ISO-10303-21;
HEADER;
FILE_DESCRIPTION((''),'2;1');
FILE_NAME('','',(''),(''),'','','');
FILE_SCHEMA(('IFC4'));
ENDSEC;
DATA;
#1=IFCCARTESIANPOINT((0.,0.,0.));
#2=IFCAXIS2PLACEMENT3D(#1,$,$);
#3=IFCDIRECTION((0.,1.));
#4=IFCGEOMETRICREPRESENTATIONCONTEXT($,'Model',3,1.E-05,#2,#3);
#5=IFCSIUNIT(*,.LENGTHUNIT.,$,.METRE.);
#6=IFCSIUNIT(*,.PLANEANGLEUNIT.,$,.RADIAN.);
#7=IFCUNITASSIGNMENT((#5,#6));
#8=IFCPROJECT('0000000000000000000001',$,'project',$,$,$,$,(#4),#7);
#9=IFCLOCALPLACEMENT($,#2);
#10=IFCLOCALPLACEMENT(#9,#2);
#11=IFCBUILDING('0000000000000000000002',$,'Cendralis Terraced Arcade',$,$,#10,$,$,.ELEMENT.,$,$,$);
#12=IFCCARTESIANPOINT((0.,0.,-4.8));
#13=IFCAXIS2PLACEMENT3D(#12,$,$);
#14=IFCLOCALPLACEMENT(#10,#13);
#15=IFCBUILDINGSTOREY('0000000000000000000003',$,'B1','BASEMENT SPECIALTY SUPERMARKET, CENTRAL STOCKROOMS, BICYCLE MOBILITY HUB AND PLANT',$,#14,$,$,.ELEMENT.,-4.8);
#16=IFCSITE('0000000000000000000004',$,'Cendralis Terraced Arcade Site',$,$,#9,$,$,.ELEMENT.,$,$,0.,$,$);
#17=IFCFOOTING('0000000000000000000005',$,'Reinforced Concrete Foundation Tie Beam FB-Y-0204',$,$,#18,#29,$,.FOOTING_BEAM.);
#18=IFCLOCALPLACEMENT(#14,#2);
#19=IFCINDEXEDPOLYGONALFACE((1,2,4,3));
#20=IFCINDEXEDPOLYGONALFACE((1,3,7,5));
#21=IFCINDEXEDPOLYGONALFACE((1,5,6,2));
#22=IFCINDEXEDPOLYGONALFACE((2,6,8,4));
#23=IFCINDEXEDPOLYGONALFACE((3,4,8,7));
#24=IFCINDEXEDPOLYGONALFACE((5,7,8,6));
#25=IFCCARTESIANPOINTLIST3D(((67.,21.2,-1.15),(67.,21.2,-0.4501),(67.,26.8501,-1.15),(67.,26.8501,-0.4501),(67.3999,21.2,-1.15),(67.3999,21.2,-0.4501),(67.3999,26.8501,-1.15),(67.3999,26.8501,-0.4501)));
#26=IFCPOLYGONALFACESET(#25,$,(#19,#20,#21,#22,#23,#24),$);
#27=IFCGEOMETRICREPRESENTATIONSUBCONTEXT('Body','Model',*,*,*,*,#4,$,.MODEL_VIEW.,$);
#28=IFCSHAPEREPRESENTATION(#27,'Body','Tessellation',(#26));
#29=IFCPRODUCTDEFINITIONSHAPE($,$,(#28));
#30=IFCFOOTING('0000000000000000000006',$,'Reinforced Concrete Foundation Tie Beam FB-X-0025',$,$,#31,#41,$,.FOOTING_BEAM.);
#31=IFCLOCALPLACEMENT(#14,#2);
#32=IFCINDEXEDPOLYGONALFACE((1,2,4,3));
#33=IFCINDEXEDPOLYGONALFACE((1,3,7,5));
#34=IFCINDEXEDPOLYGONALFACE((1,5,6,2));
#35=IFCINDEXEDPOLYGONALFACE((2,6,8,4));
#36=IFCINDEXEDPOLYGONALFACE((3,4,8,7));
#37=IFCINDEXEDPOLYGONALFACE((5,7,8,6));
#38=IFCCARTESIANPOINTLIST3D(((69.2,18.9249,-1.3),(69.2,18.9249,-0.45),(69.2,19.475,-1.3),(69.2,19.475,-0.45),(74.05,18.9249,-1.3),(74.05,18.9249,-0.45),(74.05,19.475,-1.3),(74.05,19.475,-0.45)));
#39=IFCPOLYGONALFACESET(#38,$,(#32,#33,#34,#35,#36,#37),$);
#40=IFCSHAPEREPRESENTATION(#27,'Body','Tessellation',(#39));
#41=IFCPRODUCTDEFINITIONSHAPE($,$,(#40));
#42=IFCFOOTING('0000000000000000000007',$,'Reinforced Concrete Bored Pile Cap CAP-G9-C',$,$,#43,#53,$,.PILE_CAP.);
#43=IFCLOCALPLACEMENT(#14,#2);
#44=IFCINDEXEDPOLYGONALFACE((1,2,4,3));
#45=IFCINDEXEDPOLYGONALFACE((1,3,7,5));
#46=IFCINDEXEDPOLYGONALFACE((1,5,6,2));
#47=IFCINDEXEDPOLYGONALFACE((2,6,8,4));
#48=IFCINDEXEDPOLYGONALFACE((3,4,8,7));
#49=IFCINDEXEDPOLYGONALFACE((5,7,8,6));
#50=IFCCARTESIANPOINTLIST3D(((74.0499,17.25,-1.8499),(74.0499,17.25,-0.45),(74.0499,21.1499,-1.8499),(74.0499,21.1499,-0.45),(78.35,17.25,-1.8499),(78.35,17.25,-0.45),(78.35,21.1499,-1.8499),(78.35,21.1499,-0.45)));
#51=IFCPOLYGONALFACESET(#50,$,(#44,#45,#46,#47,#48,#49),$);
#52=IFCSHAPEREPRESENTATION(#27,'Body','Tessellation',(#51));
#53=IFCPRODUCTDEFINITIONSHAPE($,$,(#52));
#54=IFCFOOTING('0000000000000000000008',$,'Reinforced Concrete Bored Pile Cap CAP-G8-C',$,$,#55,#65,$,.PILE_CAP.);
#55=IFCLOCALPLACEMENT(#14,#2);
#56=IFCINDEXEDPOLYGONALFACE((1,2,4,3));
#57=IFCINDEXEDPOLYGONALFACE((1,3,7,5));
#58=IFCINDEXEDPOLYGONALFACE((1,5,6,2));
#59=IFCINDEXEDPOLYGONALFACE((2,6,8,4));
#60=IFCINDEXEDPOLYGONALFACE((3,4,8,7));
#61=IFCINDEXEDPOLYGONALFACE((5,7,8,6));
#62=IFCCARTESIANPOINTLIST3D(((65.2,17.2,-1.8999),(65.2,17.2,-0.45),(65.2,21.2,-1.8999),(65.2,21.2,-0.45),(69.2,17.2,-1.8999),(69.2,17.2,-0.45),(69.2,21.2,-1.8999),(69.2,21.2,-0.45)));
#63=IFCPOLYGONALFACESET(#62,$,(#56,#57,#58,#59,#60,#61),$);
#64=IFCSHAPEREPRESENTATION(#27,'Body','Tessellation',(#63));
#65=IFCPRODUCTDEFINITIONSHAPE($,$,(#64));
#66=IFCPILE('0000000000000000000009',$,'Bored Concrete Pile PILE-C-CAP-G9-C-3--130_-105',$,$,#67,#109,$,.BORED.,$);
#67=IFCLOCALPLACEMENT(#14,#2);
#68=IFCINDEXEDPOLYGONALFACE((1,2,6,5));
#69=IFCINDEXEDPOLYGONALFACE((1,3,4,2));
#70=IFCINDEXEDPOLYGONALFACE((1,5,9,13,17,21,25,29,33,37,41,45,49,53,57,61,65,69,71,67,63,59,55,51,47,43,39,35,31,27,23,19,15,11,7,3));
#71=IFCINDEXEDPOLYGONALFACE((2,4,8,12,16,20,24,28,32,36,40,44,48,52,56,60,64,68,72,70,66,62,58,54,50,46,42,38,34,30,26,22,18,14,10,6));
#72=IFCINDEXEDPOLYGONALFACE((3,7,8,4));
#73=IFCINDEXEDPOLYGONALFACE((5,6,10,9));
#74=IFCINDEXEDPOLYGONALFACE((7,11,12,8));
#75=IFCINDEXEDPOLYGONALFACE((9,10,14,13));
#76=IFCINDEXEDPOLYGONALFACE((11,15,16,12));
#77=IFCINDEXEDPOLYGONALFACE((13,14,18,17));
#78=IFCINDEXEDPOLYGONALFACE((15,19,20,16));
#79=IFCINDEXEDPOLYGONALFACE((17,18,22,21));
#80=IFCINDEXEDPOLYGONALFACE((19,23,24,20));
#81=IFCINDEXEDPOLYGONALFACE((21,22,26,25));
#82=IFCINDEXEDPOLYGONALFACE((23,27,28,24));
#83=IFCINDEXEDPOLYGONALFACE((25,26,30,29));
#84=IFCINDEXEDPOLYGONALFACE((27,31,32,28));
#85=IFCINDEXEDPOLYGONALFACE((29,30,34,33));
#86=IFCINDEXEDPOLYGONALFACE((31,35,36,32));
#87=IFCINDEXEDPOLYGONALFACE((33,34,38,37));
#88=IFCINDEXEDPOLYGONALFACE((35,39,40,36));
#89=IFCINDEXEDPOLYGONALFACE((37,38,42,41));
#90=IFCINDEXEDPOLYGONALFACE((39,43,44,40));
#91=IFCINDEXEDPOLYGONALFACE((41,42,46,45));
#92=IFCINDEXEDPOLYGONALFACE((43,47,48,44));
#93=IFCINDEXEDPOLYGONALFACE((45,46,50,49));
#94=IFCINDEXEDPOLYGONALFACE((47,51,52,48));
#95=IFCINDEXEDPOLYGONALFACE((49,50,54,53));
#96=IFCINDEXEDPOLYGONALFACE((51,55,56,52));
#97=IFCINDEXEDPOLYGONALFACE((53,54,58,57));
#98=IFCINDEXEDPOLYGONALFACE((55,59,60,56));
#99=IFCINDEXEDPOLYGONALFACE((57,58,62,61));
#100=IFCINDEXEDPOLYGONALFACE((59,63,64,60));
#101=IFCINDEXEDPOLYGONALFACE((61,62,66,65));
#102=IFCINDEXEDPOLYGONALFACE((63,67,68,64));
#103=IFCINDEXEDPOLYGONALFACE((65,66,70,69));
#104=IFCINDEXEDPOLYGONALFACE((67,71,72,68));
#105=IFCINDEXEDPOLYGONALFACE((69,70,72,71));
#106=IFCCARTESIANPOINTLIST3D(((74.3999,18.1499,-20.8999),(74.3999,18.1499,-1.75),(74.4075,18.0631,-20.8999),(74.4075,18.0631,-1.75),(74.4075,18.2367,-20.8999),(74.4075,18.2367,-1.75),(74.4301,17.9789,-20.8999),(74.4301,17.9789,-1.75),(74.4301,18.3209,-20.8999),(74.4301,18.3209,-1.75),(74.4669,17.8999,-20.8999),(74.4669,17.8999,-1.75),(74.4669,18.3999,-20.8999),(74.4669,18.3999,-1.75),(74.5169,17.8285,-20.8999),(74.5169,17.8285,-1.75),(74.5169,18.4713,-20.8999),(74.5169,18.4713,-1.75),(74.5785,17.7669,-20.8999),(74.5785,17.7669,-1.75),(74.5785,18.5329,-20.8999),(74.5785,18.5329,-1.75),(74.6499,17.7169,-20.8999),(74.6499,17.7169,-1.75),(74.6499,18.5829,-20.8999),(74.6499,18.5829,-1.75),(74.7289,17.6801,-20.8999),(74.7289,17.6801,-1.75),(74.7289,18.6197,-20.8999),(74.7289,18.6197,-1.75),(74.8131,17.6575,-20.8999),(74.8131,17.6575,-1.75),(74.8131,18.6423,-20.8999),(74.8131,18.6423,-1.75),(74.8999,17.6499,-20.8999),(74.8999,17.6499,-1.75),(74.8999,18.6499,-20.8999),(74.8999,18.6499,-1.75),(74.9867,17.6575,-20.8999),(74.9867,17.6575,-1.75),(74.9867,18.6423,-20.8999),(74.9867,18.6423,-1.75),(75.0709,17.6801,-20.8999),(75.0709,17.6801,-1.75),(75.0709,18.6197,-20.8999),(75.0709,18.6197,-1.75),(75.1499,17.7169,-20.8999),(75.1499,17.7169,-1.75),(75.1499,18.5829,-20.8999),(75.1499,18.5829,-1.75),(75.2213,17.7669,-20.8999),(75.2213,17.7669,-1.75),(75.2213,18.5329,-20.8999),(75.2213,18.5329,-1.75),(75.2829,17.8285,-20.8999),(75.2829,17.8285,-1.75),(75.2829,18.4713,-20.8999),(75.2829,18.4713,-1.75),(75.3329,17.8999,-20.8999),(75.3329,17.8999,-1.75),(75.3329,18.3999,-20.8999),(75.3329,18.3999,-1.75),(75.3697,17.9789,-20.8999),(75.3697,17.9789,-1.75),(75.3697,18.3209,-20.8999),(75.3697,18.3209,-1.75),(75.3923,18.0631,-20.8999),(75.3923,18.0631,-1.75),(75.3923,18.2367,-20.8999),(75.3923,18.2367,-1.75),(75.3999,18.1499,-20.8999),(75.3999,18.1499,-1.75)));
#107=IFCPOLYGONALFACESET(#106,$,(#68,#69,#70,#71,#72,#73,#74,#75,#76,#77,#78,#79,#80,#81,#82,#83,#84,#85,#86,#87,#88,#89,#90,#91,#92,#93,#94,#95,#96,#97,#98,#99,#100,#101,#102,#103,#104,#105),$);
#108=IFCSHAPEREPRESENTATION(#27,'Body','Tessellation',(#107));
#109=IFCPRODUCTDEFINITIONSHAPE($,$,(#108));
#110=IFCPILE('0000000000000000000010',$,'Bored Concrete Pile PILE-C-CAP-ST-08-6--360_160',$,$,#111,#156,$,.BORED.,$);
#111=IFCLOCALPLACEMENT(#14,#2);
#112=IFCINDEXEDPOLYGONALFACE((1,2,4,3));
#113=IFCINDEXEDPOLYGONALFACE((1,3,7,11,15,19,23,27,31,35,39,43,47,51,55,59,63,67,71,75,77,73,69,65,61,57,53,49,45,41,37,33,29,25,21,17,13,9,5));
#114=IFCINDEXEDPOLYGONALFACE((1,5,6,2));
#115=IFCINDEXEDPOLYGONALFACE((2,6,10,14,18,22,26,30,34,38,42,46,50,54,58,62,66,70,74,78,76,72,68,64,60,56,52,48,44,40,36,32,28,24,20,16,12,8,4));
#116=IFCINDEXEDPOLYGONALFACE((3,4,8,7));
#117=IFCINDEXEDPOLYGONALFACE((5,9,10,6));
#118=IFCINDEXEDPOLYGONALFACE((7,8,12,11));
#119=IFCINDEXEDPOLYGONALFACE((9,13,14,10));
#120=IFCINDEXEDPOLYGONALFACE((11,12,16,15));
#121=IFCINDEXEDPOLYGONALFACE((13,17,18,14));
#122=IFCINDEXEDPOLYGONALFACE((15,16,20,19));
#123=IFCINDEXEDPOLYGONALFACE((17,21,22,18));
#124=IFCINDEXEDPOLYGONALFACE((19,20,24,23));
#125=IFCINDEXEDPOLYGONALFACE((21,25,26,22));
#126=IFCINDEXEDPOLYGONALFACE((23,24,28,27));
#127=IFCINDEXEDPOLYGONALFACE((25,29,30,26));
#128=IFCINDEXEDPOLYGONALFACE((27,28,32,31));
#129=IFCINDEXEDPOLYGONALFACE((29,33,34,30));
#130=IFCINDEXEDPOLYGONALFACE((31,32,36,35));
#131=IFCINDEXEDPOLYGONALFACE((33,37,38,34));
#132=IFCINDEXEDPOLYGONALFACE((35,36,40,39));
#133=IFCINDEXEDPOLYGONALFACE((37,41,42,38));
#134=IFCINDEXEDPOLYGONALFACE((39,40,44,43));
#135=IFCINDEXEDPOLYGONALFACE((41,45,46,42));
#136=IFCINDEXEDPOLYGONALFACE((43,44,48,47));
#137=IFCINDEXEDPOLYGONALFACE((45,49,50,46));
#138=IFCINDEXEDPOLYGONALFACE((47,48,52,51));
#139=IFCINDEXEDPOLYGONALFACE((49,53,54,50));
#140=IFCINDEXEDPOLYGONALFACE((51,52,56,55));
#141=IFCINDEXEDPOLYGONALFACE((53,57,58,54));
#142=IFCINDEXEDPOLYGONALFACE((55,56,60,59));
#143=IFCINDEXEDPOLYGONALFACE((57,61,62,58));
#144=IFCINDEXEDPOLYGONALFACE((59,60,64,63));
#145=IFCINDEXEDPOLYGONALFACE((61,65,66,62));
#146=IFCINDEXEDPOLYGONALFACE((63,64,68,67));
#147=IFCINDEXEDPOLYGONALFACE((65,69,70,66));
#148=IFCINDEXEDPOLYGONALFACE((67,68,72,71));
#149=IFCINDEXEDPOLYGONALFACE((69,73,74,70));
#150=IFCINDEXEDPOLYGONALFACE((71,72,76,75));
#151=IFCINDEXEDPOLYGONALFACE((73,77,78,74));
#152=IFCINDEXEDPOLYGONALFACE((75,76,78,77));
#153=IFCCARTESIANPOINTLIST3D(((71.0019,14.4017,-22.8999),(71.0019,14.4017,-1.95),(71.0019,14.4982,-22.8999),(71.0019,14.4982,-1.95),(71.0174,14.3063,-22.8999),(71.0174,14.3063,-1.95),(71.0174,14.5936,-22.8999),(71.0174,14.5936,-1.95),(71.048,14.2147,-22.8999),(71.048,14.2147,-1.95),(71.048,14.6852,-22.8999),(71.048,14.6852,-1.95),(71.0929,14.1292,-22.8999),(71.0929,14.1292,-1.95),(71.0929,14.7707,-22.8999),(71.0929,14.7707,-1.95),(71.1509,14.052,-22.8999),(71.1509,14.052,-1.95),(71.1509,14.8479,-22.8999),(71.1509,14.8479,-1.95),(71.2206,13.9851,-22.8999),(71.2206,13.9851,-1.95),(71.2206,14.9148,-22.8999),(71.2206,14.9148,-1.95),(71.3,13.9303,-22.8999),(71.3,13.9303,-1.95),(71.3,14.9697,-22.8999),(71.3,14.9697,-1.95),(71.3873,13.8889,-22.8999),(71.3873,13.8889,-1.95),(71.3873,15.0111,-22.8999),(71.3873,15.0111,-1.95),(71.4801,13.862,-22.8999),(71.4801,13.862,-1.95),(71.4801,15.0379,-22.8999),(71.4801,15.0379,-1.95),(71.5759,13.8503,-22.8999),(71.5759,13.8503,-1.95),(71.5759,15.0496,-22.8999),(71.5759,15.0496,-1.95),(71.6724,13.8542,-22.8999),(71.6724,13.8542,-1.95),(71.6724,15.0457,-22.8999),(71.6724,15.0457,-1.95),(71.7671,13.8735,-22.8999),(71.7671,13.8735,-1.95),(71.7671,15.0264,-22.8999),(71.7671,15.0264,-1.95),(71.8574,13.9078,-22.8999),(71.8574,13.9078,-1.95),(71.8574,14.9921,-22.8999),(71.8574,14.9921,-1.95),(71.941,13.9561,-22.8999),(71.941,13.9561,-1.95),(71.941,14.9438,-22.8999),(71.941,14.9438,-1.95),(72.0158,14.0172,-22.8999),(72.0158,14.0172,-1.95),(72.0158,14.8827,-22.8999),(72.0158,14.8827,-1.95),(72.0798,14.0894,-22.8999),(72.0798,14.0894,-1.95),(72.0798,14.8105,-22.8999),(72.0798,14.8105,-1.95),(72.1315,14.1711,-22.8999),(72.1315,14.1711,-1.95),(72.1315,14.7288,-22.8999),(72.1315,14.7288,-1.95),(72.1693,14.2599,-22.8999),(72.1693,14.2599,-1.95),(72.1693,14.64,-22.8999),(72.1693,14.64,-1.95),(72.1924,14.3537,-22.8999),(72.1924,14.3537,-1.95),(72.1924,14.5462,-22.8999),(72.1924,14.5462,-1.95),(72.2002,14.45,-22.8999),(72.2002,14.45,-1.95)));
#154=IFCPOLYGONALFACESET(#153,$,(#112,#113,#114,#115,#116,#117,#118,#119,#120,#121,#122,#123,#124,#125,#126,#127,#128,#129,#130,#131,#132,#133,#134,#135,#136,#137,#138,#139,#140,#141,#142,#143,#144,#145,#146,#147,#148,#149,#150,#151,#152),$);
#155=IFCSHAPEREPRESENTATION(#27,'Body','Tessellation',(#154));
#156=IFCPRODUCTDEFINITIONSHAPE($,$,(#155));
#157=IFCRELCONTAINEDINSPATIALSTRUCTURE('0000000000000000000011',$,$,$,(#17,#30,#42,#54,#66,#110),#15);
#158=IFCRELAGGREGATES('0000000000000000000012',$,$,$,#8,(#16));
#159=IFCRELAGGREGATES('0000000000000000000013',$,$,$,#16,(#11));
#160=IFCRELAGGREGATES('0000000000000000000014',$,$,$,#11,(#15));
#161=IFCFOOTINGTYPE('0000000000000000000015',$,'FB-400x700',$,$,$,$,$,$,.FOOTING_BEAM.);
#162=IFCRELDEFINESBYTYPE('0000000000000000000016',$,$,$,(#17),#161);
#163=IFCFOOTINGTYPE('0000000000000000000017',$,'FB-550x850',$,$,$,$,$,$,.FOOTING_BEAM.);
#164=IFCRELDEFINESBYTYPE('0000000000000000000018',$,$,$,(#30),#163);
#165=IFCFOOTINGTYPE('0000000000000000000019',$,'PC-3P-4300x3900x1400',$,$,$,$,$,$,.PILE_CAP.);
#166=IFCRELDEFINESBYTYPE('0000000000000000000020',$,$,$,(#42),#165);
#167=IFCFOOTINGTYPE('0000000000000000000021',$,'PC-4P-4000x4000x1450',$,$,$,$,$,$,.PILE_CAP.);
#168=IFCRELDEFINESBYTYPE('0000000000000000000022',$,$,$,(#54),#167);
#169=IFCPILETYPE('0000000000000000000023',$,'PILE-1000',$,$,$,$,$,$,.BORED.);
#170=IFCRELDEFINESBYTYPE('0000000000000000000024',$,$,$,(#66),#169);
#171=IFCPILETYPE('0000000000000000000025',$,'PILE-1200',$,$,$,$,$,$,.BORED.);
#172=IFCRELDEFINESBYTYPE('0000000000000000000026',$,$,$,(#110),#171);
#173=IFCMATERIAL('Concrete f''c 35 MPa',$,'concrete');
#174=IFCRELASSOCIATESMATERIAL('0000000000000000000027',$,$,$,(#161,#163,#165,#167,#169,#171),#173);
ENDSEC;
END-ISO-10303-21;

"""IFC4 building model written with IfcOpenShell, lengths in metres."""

from ifc_helpers import new_model, si_unit, direction, frame, origin, origin_2d, place, context, subcontext, project, spatial, rectangle, circle, extrude, material, material_profile, profile_set, type_object, element, save


model = new_model("IFC4")

# Units and contexts
model_context = context("Model", 3, precision=1e-05, world=origin(), true_north=direction((0.0, 1.0)))
body_context = subcontext(model_context, "Body", "Model", "MODEL_VIEW")
ifc_project = project(units=[si_unit("LENGTHUNIT", "METRE"), si_unit("PLANEANGLEUNIT", "RADIAN")], contexts=[model_context])

# Site, building, storey
site_placement = place(None, origin())
site = spatial("IfcSite", under=ifc_project, at=site_placement, Name="Cendralis Terraced Arcade Site", CompositionType="ELEMENT", RefElevation=0.0)
building_placement = place(site_placement, origin())
building = spatial("IfcBuilding", under=site, at=building_placement, Name="Cendralis Terraced Arcade", CompositionType="ELEMENT")
storey_placement = place(building_placement, frame((0.0, 0.0, -4.8)))
storey = spatial("IfcBuildingStorey", under=building, at=storey_placement, Name="B1", Description="BASEMENT SPECIALTY SUPERMARKET, CENTRAL STOCKROOMS, BICYCLE MOBILITY HUB AND PLANT", CompositionType="ELEMENT", Elevation=-4.8)

# Footings
ifc_material_1 = material(Name="Concrete f'c 35 MPa", Category="concrete")
ifc_material_profile_1 = material_profile(ifc_material_1, rectangle(XDim=0.3999, YDim=0.7, at=origin_2d()), Name="FB-400x700", Category="LoadBearing")
ifc_profile_set_1 = profile_set([ifc_material_profile_1], Name="Concrete f'c 35 MPa")
footing_type_1 = type_object("IfcFootingType", Name="FB-400x700", PredefinedType="FOOTING_BEAM", material=ifc_profile_set_1)
footing_1_placement = place(storey_placement, frame((67.2, 21.2, -0.8), z_axis=(0.0, 1.0, 0.0), x_axis=(-1.0, 0.0, 0.0)))
element("IfcFooting", 1, at=footing_1_placement, inside=storey, type_object=footing_type_1, Name="Reinforced Concrete Foundation Tie Beam FB-Y-0204", PredefinedType="FOOTING_BEAM", context=body_context, shape_type="SweptSolid", body=[
    extrude(rectangle(XDim=0.3999, YDim=0.7, at=origin_2d()), origin(), (0.0, 0.0, 1.0), 5.6501),
])
ifc_material_profile_2 = material_profile(ifc_material_1, rectangle(XDim=0.55, YDim=0.8501, at=origin_2d()), Name="FB-550x850", Category="LoadBearing")
ifc_profile_set_2 = profile_set([ifc_material_profile_2], Name="Concrete f'c 35 MPa")
footing_type_2 = type_object("IfcFootingType", Name="FB-550x850", PredefinedType="FOOTING_BEAM", material=ifc_profile_set_2)
footing_2_placement = place(storey_placement, frame((69.2, 19.2, -0.875), z_axis=(1.0, 0.0, 0.0), x_axis=(0.0, 1.0, 0.0)))
element("IfcFooting", 2, at=footing_2_placement, inside=storey, type_object=footing_type_2, Name="Reinforced Concrete Foundation Tie Beam FB-X-0025", PredefinedType="FOOTING_BEAM", context=body_context, shape_type="SweptSolid", body=[
    extrude(rectangle(XDim=0.55, YDim=0.8501, at=origin_2d()), origin(), (0.0, 0.0, 1.0), 4.8501),
])
footing_type_3 = type_object("IfcFootingType", Name="PC-3P-4300x3900x1400", PredefinedType="PILE_CAP", material=ifc_material_1)
footing_3_placement = place(storey_placement, frame((76.2, 19.2, -1.8499), z_axis=(0.0, 0.0, 1.0), x_axis=(1.0, 0.0, 0.0)))
element("IfcFooting", 3, at=footing_3_placement, inside=storey, type_object=footing_type_3, Name="Reinforced Concrete Bored Pile Cap CAP-G9-C", PredefinedType="PILE_CAP", context=body_context, shape_type="SweptSolid", body=[
    extrude(rectangle(XDim=4.3, YDim=3.8999, at=origin_2d()), origin(), (0.0, 0.0, 1.0), 1.3999),
])
footing_type_4 = type_object("IfcFootingType", Name="PC-4P-4000x4000x1450", PredefinedType="PILE_CAP", material=ifc_material_1)
footing_4_placement = place(storey_placement, frame((67.2, 19.2, -1.8999), z_axis=(0.0, 0.0, 1.0), x_axis=(1.0, 0.0, 0.0)))
element("IfcFooting", 4, at=footing_4_placement, inside=storey, type_object=footing_type_4, Name="Reinforced Concrete Bored Pile Cap CAP-G8-C", PredefinedType="PILE_CAP", context=body_context, shape_type="SweptSolid", body=[
    extrude(rectangle(XDim=4.0, YDim=4.0, at=origin_2d()), origin(), (0.0, 0.0, 1.0), 1.45),
])

# Piles
ifc_material_profile_3 = material_profile(ifc_material_1, circle(Radius=0.5, at=origin_2d()), Name="PILE-D1000", Category="LoadBearing")
ifc_profile_set_3 = profile_set([ifc_material_profile_3], Name="Concrete f'c 35 MPa")
pile_type_1 = type_object("IfcPileType", Name="PILE-1000", PredefinedType="BORED", material=ifc_profile_set_3)
pile_placement = place(storey_placement, frame((74.8999, 18.1499, -1.75), z_axis=(0.0, 0.0, -1.0), x_axis=(1.0, 0.0, 0.0)))
element("IfcPile", 5, at=pile_placement, inside=storey, type_object=pile_type_1, Name="Bored Concrete Pile PILE-C-CAP-G9-C-3--130_-105", PredefinedType="BORED", context=body_context, shape_type="SweptSolid", body=[
    extrude(circle(Radius=0.5, at=origin_2d()), origin(), (0.0, 0.0, 1.0), 19.1499),
])
ifc_material_profile_4 = material_profile(ifc_material_1, circle(Radius=0.6001, at=origin_2d()), Name="PILE-D1200", Category="LoadBearing")
ifc_profile_set_4 = profile_set([ifc_material_profile_4], Name="Concrete f'c 35 MPa")
pile_type_2 = type_object("IfcPileType", Name="PILE-1200", PredefinedType="BORED", material=ifc_profile_set_4)
for number, where, z_axis, x_axis, name in (
    (6, (71.6001, 14.45, -1.95), (0.0, 0.0, -1.0), (1.0, 0.0, 0.0), "Bored Concrete Pile PILE-C-CAP-ST-08-6--360_160"),
):
    element("IfcPile", number, at=place(storey_placement, frame(where, z_axis=z_axis, x_axis=x_axis)), inside=storey, type_object=pile_type_2, Name=name, PredefinedType="BORED", context=body_context, shape_type="SweptSolid", body=[
        extrude(circle(Radius=0.6001, at=origin_2d()), origin(), (0.0, 0.0, 1.0), 20.95),
    ])

save(model, "model.ifc")
